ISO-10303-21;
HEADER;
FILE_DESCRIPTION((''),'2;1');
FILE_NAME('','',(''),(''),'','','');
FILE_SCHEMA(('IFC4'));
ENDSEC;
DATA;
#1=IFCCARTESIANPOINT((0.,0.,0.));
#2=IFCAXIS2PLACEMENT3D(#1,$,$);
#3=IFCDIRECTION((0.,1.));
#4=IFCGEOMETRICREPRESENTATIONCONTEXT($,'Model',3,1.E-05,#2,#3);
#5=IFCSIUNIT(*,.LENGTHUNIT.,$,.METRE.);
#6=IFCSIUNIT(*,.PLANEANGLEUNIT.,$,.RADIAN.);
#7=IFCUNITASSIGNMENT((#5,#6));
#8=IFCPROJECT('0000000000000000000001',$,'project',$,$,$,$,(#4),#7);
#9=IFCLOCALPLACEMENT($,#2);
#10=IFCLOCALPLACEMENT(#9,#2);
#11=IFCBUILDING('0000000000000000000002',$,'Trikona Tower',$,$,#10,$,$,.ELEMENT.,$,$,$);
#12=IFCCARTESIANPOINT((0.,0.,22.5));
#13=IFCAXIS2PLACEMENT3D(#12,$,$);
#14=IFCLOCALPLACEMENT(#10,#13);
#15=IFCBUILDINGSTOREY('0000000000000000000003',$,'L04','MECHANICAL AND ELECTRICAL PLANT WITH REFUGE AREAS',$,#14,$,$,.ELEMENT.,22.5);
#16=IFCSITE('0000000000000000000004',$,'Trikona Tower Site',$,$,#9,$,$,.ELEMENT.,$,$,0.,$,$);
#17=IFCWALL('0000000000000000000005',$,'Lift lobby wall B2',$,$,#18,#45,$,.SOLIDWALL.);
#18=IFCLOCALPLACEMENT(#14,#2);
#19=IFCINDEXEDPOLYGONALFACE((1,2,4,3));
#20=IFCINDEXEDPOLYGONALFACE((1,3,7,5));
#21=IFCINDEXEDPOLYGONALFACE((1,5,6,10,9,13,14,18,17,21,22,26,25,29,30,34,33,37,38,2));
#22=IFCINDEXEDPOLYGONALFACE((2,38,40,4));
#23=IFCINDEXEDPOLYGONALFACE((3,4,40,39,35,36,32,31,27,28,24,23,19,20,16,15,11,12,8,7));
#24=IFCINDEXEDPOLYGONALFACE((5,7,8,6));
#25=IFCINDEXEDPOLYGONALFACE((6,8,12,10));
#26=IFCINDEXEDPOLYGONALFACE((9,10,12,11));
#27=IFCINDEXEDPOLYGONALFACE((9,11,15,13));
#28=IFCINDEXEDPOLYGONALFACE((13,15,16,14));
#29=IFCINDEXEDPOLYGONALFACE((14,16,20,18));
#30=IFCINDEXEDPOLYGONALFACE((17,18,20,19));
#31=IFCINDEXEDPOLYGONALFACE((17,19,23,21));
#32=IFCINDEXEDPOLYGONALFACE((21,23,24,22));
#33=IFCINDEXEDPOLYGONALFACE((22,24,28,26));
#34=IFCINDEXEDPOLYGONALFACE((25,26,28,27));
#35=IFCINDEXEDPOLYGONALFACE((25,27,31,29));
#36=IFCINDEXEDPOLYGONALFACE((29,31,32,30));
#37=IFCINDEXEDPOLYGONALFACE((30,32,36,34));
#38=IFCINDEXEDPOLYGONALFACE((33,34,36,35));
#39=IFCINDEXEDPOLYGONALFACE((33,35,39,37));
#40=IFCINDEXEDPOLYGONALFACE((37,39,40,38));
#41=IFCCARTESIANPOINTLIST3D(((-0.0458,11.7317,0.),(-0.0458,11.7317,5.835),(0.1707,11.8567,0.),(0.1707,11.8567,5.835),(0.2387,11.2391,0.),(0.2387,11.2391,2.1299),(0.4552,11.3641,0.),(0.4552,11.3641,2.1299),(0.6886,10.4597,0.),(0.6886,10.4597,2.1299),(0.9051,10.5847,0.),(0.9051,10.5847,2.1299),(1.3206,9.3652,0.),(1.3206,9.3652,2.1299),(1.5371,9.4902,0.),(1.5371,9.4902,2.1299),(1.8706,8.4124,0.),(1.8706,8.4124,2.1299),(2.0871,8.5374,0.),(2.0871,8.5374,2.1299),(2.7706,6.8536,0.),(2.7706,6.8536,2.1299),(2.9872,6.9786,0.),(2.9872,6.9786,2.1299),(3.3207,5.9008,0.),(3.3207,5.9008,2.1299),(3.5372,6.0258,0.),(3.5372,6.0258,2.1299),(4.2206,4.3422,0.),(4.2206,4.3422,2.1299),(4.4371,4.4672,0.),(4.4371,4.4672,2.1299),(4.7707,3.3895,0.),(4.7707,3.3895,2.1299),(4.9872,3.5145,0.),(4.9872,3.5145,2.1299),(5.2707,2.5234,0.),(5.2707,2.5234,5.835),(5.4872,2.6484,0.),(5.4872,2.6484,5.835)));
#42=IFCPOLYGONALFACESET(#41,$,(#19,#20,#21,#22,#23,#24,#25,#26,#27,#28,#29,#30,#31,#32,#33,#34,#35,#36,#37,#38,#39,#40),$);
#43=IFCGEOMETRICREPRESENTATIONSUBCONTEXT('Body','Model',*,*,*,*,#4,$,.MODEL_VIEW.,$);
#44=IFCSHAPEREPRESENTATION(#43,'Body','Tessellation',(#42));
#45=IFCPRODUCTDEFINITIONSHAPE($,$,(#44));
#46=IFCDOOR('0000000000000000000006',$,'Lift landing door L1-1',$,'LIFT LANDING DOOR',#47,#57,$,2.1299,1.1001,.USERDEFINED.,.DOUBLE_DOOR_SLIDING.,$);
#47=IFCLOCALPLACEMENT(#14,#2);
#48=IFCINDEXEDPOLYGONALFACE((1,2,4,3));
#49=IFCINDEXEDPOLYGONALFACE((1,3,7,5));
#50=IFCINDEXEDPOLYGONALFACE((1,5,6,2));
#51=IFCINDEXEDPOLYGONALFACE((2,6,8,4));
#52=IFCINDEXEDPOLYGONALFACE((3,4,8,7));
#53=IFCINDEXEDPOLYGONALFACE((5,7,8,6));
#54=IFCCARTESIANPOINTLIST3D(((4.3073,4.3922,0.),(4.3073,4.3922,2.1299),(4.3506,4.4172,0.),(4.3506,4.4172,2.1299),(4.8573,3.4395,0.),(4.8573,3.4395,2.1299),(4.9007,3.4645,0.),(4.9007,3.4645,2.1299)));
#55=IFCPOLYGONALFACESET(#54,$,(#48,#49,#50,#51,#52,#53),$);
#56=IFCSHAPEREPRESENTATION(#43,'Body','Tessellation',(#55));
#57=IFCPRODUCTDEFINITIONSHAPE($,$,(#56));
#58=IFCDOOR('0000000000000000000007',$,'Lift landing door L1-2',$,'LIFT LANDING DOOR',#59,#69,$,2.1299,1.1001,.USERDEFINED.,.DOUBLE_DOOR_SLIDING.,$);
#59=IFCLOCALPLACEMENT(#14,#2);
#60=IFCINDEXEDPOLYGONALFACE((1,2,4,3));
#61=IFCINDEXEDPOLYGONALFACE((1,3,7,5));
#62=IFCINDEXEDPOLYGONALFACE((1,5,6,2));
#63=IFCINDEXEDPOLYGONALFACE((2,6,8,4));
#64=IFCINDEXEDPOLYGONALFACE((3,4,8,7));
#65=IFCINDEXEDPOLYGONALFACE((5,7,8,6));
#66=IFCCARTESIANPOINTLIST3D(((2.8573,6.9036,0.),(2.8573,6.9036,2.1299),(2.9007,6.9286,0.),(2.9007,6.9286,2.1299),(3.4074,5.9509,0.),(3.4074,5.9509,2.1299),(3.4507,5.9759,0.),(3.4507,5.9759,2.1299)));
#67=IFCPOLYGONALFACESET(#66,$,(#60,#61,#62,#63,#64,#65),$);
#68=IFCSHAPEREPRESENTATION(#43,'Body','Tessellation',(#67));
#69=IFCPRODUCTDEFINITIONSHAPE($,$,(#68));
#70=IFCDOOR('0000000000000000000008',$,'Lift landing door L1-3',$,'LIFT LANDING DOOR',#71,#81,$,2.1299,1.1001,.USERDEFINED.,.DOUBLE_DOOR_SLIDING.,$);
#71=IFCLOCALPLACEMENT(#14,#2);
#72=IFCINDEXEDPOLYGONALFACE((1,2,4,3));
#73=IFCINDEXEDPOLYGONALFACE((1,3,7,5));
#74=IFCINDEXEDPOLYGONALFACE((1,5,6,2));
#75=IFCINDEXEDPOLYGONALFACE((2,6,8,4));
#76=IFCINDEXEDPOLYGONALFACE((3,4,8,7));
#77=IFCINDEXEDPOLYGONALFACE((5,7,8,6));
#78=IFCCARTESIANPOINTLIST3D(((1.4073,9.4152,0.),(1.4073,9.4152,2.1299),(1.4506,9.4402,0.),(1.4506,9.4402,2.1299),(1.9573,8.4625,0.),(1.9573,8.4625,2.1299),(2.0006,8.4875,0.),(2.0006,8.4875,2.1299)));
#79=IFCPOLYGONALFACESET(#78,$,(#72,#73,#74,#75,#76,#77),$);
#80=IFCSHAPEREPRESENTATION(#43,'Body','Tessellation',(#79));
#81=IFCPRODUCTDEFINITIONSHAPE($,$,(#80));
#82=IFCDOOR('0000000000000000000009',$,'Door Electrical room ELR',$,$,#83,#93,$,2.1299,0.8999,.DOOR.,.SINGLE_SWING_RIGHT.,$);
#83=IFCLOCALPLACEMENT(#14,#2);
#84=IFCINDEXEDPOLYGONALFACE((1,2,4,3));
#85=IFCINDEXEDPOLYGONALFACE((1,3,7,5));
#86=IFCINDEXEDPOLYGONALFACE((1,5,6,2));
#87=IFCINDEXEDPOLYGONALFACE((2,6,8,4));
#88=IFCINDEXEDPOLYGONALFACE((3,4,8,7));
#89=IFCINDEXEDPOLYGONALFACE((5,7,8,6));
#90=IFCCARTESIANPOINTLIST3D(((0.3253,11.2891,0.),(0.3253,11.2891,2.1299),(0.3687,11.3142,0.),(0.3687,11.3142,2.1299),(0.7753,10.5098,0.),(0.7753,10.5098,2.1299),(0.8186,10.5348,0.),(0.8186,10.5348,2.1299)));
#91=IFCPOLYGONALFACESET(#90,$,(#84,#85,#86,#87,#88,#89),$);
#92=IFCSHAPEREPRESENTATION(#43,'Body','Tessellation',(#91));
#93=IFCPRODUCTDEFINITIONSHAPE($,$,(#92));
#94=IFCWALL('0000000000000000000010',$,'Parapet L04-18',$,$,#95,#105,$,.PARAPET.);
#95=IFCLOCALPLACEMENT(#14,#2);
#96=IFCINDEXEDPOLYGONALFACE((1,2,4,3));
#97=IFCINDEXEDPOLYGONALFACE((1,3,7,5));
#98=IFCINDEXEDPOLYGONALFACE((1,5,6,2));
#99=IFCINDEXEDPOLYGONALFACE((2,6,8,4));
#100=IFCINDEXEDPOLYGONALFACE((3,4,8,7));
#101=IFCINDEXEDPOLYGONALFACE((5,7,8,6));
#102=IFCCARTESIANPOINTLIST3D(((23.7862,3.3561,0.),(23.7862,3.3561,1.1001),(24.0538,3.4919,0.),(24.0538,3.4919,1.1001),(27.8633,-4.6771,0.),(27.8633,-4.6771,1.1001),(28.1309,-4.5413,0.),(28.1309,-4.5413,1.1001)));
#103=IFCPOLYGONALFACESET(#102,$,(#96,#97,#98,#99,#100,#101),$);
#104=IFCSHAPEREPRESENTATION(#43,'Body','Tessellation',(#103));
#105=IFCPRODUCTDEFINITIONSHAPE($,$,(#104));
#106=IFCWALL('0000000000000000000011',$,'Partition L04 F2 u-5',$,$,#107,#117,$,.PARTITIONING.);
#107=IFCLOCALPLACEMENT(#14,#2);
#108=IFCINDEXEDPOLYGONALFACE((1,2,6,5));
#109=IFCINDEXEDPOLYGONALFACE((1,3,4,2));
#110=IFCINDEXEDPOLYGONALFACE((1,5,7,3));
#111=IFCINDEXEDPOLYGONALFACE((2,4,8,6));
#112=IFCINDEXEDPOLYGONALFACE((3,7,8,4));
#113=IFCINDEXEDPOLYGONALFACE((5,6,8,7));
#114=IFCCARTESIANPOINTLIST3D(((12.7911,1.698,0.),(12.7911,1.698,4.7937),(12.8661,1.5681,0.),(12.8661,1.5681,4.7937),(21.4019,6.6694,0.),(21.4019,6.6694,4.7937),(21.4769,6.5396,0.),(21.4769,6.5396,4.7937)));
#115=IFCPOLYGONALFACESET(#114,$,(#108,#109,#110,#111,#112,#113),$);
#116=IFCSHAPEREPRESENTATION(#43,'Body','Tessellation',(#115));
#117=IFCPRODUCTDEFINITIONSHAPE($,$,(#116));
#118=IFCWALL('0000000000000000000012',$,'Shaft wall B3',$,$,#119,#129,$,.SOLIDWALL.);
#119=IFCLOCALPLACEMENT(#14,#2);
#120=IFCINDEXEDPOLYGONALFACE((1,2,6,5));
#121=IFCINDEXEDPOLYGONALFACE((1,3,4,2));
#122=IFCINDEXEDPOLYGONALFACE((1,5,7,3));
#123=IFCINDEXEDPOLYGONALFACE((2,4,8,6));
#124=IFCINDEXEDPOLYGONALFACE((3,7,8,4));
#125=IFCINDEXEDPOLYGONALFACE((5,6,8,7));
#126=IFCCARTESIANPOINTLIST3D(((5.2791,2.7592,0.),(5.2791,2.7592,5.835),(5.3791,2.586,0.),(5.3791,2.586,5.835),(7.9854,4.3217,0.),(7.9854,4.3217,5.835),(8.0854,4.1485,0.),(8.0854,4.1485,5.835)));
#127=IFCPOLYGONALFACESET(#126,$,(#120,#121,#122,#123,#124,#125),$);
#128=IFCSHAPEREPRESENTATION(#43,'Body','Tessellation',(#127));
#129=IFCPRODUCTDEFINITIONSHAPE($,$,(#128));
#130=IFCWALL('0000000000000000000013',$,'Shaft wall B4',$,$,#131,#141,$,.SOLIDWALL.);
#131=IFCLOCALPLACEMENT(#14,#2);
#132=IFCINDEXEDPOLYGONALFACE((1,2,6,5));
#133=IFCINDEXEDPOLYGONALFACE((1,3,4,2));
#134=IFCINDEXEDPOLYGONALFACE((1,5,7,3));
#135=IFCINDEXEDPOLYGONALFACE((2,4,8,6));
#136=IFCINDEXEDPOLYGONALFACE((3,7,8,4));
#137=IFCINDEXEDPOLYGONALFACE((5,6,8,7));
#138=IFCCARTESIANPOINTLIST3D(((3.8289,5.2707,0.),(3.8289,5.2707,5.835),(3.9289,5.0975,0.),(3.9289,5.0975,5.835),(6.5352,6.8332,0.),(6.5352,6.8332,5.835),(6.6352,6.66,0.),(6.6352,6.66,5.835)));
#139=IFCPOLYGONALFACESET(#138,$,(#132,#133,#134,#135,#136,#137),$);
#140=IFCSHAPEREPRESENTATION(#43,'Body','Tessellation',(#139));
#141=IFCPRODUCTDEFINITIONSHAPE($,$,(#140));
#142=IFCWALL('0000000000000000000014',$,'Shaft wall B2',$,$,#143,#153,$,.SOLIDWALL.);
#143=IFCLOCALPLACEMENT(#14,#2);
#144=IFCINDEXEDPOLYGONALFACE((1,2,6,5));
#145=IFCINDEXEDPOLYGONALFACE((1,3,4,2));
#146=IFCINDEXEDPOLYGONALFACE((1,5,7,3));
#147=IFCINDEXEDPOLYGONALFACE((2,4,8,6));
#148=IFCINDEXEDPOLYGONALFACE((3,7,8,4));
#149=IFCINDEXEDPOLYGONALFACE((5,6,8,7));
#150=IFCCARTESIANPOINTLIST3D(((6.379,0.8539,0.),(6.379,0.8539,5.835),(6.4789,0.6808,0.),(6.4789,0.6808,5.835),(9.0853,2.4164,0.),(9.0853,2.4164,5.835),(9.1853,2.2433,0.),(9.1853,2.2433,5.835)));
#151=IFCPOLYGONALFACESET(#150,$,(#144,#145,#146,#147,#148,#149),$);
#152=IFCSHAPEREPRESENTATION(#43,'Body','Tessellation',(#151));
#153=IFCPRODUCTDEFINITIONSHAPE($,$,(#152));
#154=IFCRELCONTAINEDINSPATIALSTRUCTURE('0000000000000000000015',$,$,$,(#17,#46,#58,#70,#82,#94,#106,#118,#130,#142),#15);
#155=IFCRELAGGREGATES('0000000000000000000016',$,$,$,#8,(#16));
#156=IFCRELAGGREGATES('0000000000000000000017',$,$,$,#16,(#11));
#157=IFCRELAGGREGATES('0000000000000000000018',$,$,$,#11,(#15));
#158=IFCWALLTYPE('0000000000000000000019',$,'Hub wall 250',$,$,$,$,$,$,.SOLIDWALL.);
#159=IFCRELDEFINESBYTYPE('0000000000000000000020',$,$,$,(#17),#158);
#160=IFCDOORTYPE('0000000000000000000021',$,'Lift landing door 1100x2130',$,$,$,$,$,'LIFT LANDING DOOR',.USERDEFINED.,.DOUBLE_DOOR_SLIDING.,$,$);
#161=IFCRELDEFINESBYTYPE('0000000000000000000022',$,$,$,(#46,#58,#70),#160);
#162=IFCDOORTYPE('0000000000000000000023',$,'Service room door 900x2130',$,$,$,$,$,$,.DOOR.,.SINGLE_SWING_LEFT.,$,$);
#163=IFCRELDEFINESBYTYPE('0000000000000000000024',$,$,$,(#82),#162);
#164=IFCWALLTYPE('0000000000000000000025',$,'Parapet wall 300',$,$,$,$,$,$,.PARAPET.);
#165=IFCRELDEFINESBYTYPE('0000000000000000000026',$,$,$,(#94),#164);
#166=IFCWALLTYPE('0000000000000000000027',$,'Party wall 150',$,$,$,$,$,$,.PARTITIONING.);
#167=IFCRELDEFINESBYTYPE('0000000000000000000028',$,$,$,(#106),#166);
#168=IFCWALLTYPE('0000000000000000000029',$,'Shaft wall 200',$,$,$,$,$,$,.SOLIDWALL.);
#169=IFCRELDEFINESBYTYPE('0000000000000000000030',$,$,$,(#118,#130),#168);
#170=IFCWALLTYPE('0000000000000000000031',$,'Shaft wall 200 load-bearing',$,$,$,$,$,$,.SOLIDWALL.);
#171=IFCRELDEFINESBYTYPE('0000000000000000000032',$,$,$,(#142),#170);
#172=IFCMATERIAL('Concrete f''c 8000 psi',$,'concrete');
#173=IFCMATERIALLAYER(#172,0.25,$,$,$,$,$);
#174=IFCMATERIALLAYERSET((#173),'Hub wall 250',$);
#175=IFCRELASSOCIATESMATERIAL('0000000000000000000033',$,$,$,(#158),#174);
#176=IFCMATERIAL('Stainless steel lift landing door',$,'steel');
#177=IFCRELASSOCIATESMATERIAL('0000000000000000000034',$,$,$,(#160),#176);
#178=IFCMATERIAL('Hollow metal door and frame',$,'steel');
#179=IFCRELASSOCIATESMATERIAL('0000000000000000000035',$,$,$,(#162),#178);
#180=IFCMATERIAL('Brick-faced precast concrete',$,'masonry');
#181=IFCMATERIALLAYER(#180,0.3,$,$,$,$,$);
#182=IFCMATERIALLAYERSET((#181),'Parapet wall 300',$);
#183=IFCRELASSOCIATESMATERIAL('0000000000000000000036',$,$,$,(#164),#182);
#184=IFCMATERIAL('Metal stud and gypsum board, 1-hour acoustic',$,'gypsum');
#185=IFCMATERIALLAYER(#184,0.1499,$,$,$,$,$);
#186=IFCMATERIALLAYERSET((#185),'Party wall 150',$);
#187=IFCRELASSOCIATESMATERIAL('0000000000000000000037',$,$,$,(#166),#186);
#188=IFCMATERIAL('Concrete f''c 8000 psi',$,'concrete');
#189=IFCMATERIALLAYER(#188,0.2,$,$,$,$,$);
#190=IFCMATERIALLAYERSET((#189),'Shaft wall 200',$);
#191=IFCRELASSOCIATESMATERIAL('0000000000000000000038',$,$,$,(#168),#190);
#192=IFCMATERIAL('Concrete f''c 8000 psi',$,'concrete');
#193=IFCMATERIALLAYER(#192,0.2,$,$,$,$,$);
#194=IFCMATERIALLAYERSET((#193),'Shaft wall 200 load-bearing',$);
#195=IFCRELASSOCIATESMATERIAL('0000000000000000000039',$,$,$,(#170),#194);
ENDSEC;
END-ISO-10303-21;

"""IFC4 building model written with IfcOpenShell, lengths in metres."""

from ifc_helpers import new_model, si_unit, direction, frame, frame_2d, origin, place, context, subcontext, project, spatial, rectangle, extrude, material, layer, layer_set, type_object, element, fill, save


model = new_model("IFC4")

# Units and contexts
model_context = context("Model", 3, precision=1e-05, world=origin(), true_north=direction((0.0, 1.0)))
body_context = subcontext(model_context, "Body", "Model", "MODEL_VIEW")
ifc_project = project(units=[si_unit("LENGTHUNIT", "METRE"), si_unit("PLANEANGLEUNIT", "RADIAN")], contexts=[model_context])

# Site, building, storey
site_placement = place(None, origin())
site = spatial("IfcSite", under=ifc_project, at=site_placement, Name="Trikona Tower Site", CompositionType="ELEMENT", RefElevation=0.0)
building_placement = place(site_placement, origin())
building = spatial("IfcBuilding", under=site, at=building_placement, Name="Trikona Tower", CompositionType="ELEMENT")
storey_placement = place(building_placement, frame((0.0, 0.0, 22.5)))
storey = spatial("IfcBuildingStorey", under=building, at=storey_placement, Name="L04", Description="MECHANICAL AND ELECTRICAL PLANT WITH REFUGE AREAS", CompositionType="ELEMENT", Elevation=22.5)

# Wall, openings, doors
ifc_material_1 = material(Name="Concrete f'c 8000 psi", Category="concrete")
ifc_layer_1 = layer(ifc_material_1, 0.25)
ifc_layer_set_1 = layer_set([ifc_layer_1], Name="Hub wall 250")
wall_type_1 = type_object("IfcWallType", Name="Hub wall 250", PredefinedType="SOLIDWALL", material=ifc_layer_set_1)
wall_1_placement = place(storey_placement, frame((5.3789, 2.5859, 0.0), z_axis=(0.0, 0.0, 1.0), x_axis=(-0.500001, 0.866025, 0.0)))
wall_1 = element("IfcWall", 1, at=wall_1_placement, inside=storey, type_object=wall_type_1, Name="Lift lobby wall B2", PredefinedType="SOLIDWALL", context=body_context, shape_type="SweptSolid", body=[
    extrude(rectangle(XDim=10.6328, YDim=0.25, at=frame_2d((5.3164, 0.0))), origin(), (0.0, 0.0, 1.0), 5.835),
])
opening_1_placement = place(wall_1_placement, frame((9.1641, 0.0, 0.0)))
opening_1 = element("IfcOpeningElement", 2, at=opening_1_placement, cuts=wall_1, PredefinedType="OPENING", context=body_context, shape_type="SweptSolid", body=[
    extrude(rectangle(XDim=0.8999, YDim=2.1299, at=frame_2d((0.45, 1.0649))), frame((0.0, 0.135, 0.0), z_axis=(0.0, -1.0, 0.0), x_axis=(1.0, 0.0, 0.0)), (0.0, 0.0, 1.0), 0.27),
])
opening_2_placement = place(wall_1_placement, frame((1.0, 0.0, 0.0)))
opening_2 = element("IfcOpeningElement", 3, at=opening_2_placement, cuts=wall_1, PredefinedType="OPENING", context=body_context, shape_type="SweptSolid", body=[
    extrude(rectangle(XDim=1.1001, YDim=2.1299, at=frame_2d((0.55, 1.0649))), frame((0.0, 0.135, 0.0), z_axis=(0.0, -1.0, 0.0), x_axis=(1.0, 0.0, 0.0)), (0.0, 0.0, 1.0), 0.27),
])
opening_3_placement = place(wall_1_placement, frame((3.8999, 0.0, 0.0)))
opening_3 = element("IfcOpeningElement", 4, at=opening_3_placement, cuts=wall_1, PredefinedType="OPENING", context=body_context, shape_type="SweptSolid", body=[
    extrude(rectangle(XDim=1.1001, YDim=2.1299, at=frame_2d((0.55, 1.0649))), frame((0.0, 0.135, 0.0), z_axis=(0.0, -1.0, 0.0), x_axis=(1.0, 0.0, 0.0)), (0.0, 0.0, 1.0), 0.27),
])
opening_4_placement = place(wall_1_placement, frame((6.8, 0.0, 0.0)))
opening_4 = element("IfcOpeningElement", 5, at=opening_4_placement, cuts=wall_1, PredefinedType="OPENING", context=body_context, shape_type="SweptSolid", body=[
    extrude(rectangle(XDim=1.1001, YDim=2.1299, at=frame_2d((0.55, 1.0649))), frame((0.0, 0.135, 0.0), z_axis=(0.0, -1.0, 0.0), x_axis=(1.0, 0.0, 0.0)), (0.0, 0.0, 1.0), 0.27),
])
ifc_material_2 = material(Name="Stainless steel lift landing door", Category="steel")
door_type_1 = type_object("IfcDoorType", Name="Lift landing door 1100x2130", ElementType="LIFT LANDING DOOR", OperationType="DOUBLE_DOOR_SLIDING", PredefinedType="USERDEFINED", material=ifc_material_2)
door_1_placement = place(opening_2_placement, origin())
door_1 = element("IfcDoor", 6, at=door_1_placement, inside=storey, type_object=door_type_1, Name="Lift landing door L1-1", ObjectType="LIFT LANDING DOOR", OperationType="DOUBLE_DOOR_SLIDING", OverallHeight=2.1299, OverallWidth=1.1001, PredefinedType="USERDEFINED", context=body_context, shape_type="SweptSolid", body=[
    extrude(rectangle(XDim=1.1001, YDim=2.1299, at=frame_2d((0.55, 1.0649))), frame((0.0, 0.0249, 0.0), z_axis=(0.0, -1.0, 0.0), x_axis=(1.0, 0.0, 0.0)), (0.0, 0.0, 1.0), 0.05),
])
fill(opening_2, door_1)
door_2_placement = place(opening_3_placement, origin())
door_2 = element("IfcDoor", 7, at=door_2_placement, inside=storey, type_object=door_type_1, Name="Lift landing door L1-2", ObjectType="LIFT LANDING DOOR", OperationType="DOUBLE_DOOR_SLIDING", OverallHeight=2.1299, OverallWidth=1.1001, PredefinedType="USERDEFINED", context=body_context, shape_type="SweptSolid", body=[
    extrude(rectangle(XDim=1.1001, YDim=2.1299, at=frame_2d((0.55, 1.0649))), frame((0.0, 0.0249, 0.0), z_axis=(0.0, -1.0, 0.0), x_axis=(1.0, 0.0, 0.0)), (0.0, 0.0, 1.0), 0.05),
])
fill(opening_3, door_2)
door_3_placement = place(opening_4_placement, origin())
door_3 = element("IfcDoor", 8, at=door_3_placement, inside=storey, type_object=door_type_1, Name="Lift landing door L1-3", ObjectType="LIFT LANDING DOOR", OperationType="DOUBLE_DOOR_SLIDING", OverallHeight=2.1299, OverallWidth=1.1001, PredefinedType="USERDEFINED", context=body_context, shape_type="SweptSolid", body=[
    extrude(rectangle(XDim=1.1001, YDim=2.1299, at=frame_2d((0.55, 1.0649))), frame((0.0, 0.0249, 0.0), z_axis=(0.0, -1.0, 0.0), x_axis=(1.0, 0.0, 0.0)), (0.0, 0.0, 1.0), 0.05),
])
fill(opening_4, door_3)
ifc_material_3 = material(Name="Hollow metal door and frame", Category="steel")
door_type_2 = type_object("IfcDoorType", Name="Service room door 900x2130", OperationType="SINGLE_SWING_LEFT", PredefinedType="DOOR", material=ifc_material_3)
door_4_placement = place(opening_1_placement, origin())
door_4 = element("IfcDoor", 9, at=door_4_placement, inside=storey, type_object=door_type_2, Name="Door Electrical room ELR", OperationType="SINGLE_SWING_RIGHT", OverallHeight=2.1299, OverallWidth=0.8999, PredefinedType="DOOR", context=body_context, shape_type="SweptSolid", body=[
    extrude(rectangle(XDim=0.8999, YDim=2.1299, at=frame_2d((0.45, 1.0649))), frame((0.0, 0.0249, 0.0), z_axis=(0.0, -1.0, 0.0), x_axis=(1.0, 0.0, 0.0)), (0.0, 0.0, 1.0), 0.05),
])
fill(opening_1, door_4)

# Walls
ifc_material_4 = material(Name="Brick-faced precast concrete", Category="masonry")
ifc_layer_2 = layer(ifc_material_4, 0.3)
ifc_layer_set_2 = layer_set([ifc_layer_2], Name="Parapet wall 300")
wall_type_2 = type_object("IfcWallType", Name="Parapet wall 300", PredefinedType="PARAPET", material=ifc_layer_set_2)
wall_2_placement = place(storey_placement, frame((23.9199, 3.4241, 0.0), z_axis=(0.0, 0.0, 1.0), x_axis=(0.452582, -0.891723, 0.0)))
element("IfcWall", 10, at=wall_2_placement, inside=storey, type_object=wall_type_2, Name="Parapet L04-18", PredefinedType="PARAPET", context=body_context, shape_type="SweptSolid", body=[
    extrude(rectangle(XDim=9.0085, YDim=0.3, at=frame_2d((4.5044, 0.0))), origin(), (0.0, 0.0, 1.0), 1.1001),
])
ifc_material_5 = material(Name="Metal stud and gypsum board, 1-hour acoustic", Category="gypsum")
ifc_layer_3 = layer(ifc_material_5, 0.1499)
ifc_layer_set_3 = layer_set([ifc_layer_3], Name="Party wall 150")
wall_type_3 = type_object("IfcWallType", Name="Party wall 150", PredefinedType="PARTITIONING", material=ifc_layer_set_3)
wall_3_placement = place(storey_placement, frame((12.8286, 1.6331, 0.0), z_axis=(0.0, 0.0, 1.0), x_axis=(0.866027, 0.499997, 0.0)))
element("IfcWall", 11, at=wall_3_placement, inside=storey, type_object=wall_type_3, Name="Partition L04 F2 u-5", PredefinedType="PARTITIONING", context=body_context, shape_type="SweptSolid", body=[
    extrude(rectangle(XDim=9.9429, YDim=0.1499, at=frame_2d((4.9714, 0.0))), origin(), (0.0, 0.0, 1.0), 4.7937),
])
ifc_material_6 = material(Name="Concrete f'c 8000 psi", Category="concrete")
ifc_layer_4 = layer(ifc_material_6, 0.2)
ifc_layer_set_4 = layer_set([ifc_layer_4], Name="Shaft wall 200")
wall_type_4 = type_object("IfcWallType", Name="Shaft wall 200", PredefinedType="SOLIDWALL", material=ifc_layer_set_4)
for number, where, z_axis, x_axis, name in (
    (12, (5.3291, 2.6726, 0.0), (0.0, 0.0, 1.0), (0.866023, 0.500004, 0.0), "Shaft wall B3"),
    (13, (3.8789, 5.1841, 0.0), (0.0, 0.0, 1.0), (0.866023, 0.500004, 0.0), "Shaft wall B4"),
):
    element("IfcWall", number, at=place(storey_placement, frame(where, z_axis=z_axis, x_axis=x_axis)), inside=storey, type_object=wall_type_4, Name=name, PredefinedType="SOLIDWALL", context=body_context, shape_type="SweptSolid", body=[
        extrude(rectangle(XDim=3.125, YDim=0.2, at=frame_2d((1.5625, 0.0))), origin(), (0.0, 0.0, 1.0), 5.835),
    ])
ifc_material_7 = material(Name="Concrete f'c 8000 psi", Category="concrete")
ifc_layer_5 = layer(ifc_material_7, 0.2)
ifc_layer_set_5 = layer_set([ifc_layer_5], Name="Shaft wall 200 load-bearing")
wall_type_5 = type_object("IfcWallType", Name="Shaft wall 200 load-bearing", PredefinedType="SOLIDWALL", material=ifc_layer_set_5)
wall_4_placement = place(storey_placement, frame((6.429, 0.7673, 0.0), z_axis=(0.0, 0.0, 1.0), x_axis=(0.866023, 0.500004, 0.0)))
element("IfcWall", 14, at=wall_4_placement, inside=storey, type_object=wall_type_5, Name="Shaft wall B2", PredefinedType="SOLIDWALL", context=body_context, shape_type="SweptSolid", body=[
    extrude(rectangle(XDim=3.125, YDim=0.2, at=frame_2d((1.5625, 0.0))), origin(), (0.0, 0.0, 1.0), 5.835),
])

save(model, "model.ifc")
